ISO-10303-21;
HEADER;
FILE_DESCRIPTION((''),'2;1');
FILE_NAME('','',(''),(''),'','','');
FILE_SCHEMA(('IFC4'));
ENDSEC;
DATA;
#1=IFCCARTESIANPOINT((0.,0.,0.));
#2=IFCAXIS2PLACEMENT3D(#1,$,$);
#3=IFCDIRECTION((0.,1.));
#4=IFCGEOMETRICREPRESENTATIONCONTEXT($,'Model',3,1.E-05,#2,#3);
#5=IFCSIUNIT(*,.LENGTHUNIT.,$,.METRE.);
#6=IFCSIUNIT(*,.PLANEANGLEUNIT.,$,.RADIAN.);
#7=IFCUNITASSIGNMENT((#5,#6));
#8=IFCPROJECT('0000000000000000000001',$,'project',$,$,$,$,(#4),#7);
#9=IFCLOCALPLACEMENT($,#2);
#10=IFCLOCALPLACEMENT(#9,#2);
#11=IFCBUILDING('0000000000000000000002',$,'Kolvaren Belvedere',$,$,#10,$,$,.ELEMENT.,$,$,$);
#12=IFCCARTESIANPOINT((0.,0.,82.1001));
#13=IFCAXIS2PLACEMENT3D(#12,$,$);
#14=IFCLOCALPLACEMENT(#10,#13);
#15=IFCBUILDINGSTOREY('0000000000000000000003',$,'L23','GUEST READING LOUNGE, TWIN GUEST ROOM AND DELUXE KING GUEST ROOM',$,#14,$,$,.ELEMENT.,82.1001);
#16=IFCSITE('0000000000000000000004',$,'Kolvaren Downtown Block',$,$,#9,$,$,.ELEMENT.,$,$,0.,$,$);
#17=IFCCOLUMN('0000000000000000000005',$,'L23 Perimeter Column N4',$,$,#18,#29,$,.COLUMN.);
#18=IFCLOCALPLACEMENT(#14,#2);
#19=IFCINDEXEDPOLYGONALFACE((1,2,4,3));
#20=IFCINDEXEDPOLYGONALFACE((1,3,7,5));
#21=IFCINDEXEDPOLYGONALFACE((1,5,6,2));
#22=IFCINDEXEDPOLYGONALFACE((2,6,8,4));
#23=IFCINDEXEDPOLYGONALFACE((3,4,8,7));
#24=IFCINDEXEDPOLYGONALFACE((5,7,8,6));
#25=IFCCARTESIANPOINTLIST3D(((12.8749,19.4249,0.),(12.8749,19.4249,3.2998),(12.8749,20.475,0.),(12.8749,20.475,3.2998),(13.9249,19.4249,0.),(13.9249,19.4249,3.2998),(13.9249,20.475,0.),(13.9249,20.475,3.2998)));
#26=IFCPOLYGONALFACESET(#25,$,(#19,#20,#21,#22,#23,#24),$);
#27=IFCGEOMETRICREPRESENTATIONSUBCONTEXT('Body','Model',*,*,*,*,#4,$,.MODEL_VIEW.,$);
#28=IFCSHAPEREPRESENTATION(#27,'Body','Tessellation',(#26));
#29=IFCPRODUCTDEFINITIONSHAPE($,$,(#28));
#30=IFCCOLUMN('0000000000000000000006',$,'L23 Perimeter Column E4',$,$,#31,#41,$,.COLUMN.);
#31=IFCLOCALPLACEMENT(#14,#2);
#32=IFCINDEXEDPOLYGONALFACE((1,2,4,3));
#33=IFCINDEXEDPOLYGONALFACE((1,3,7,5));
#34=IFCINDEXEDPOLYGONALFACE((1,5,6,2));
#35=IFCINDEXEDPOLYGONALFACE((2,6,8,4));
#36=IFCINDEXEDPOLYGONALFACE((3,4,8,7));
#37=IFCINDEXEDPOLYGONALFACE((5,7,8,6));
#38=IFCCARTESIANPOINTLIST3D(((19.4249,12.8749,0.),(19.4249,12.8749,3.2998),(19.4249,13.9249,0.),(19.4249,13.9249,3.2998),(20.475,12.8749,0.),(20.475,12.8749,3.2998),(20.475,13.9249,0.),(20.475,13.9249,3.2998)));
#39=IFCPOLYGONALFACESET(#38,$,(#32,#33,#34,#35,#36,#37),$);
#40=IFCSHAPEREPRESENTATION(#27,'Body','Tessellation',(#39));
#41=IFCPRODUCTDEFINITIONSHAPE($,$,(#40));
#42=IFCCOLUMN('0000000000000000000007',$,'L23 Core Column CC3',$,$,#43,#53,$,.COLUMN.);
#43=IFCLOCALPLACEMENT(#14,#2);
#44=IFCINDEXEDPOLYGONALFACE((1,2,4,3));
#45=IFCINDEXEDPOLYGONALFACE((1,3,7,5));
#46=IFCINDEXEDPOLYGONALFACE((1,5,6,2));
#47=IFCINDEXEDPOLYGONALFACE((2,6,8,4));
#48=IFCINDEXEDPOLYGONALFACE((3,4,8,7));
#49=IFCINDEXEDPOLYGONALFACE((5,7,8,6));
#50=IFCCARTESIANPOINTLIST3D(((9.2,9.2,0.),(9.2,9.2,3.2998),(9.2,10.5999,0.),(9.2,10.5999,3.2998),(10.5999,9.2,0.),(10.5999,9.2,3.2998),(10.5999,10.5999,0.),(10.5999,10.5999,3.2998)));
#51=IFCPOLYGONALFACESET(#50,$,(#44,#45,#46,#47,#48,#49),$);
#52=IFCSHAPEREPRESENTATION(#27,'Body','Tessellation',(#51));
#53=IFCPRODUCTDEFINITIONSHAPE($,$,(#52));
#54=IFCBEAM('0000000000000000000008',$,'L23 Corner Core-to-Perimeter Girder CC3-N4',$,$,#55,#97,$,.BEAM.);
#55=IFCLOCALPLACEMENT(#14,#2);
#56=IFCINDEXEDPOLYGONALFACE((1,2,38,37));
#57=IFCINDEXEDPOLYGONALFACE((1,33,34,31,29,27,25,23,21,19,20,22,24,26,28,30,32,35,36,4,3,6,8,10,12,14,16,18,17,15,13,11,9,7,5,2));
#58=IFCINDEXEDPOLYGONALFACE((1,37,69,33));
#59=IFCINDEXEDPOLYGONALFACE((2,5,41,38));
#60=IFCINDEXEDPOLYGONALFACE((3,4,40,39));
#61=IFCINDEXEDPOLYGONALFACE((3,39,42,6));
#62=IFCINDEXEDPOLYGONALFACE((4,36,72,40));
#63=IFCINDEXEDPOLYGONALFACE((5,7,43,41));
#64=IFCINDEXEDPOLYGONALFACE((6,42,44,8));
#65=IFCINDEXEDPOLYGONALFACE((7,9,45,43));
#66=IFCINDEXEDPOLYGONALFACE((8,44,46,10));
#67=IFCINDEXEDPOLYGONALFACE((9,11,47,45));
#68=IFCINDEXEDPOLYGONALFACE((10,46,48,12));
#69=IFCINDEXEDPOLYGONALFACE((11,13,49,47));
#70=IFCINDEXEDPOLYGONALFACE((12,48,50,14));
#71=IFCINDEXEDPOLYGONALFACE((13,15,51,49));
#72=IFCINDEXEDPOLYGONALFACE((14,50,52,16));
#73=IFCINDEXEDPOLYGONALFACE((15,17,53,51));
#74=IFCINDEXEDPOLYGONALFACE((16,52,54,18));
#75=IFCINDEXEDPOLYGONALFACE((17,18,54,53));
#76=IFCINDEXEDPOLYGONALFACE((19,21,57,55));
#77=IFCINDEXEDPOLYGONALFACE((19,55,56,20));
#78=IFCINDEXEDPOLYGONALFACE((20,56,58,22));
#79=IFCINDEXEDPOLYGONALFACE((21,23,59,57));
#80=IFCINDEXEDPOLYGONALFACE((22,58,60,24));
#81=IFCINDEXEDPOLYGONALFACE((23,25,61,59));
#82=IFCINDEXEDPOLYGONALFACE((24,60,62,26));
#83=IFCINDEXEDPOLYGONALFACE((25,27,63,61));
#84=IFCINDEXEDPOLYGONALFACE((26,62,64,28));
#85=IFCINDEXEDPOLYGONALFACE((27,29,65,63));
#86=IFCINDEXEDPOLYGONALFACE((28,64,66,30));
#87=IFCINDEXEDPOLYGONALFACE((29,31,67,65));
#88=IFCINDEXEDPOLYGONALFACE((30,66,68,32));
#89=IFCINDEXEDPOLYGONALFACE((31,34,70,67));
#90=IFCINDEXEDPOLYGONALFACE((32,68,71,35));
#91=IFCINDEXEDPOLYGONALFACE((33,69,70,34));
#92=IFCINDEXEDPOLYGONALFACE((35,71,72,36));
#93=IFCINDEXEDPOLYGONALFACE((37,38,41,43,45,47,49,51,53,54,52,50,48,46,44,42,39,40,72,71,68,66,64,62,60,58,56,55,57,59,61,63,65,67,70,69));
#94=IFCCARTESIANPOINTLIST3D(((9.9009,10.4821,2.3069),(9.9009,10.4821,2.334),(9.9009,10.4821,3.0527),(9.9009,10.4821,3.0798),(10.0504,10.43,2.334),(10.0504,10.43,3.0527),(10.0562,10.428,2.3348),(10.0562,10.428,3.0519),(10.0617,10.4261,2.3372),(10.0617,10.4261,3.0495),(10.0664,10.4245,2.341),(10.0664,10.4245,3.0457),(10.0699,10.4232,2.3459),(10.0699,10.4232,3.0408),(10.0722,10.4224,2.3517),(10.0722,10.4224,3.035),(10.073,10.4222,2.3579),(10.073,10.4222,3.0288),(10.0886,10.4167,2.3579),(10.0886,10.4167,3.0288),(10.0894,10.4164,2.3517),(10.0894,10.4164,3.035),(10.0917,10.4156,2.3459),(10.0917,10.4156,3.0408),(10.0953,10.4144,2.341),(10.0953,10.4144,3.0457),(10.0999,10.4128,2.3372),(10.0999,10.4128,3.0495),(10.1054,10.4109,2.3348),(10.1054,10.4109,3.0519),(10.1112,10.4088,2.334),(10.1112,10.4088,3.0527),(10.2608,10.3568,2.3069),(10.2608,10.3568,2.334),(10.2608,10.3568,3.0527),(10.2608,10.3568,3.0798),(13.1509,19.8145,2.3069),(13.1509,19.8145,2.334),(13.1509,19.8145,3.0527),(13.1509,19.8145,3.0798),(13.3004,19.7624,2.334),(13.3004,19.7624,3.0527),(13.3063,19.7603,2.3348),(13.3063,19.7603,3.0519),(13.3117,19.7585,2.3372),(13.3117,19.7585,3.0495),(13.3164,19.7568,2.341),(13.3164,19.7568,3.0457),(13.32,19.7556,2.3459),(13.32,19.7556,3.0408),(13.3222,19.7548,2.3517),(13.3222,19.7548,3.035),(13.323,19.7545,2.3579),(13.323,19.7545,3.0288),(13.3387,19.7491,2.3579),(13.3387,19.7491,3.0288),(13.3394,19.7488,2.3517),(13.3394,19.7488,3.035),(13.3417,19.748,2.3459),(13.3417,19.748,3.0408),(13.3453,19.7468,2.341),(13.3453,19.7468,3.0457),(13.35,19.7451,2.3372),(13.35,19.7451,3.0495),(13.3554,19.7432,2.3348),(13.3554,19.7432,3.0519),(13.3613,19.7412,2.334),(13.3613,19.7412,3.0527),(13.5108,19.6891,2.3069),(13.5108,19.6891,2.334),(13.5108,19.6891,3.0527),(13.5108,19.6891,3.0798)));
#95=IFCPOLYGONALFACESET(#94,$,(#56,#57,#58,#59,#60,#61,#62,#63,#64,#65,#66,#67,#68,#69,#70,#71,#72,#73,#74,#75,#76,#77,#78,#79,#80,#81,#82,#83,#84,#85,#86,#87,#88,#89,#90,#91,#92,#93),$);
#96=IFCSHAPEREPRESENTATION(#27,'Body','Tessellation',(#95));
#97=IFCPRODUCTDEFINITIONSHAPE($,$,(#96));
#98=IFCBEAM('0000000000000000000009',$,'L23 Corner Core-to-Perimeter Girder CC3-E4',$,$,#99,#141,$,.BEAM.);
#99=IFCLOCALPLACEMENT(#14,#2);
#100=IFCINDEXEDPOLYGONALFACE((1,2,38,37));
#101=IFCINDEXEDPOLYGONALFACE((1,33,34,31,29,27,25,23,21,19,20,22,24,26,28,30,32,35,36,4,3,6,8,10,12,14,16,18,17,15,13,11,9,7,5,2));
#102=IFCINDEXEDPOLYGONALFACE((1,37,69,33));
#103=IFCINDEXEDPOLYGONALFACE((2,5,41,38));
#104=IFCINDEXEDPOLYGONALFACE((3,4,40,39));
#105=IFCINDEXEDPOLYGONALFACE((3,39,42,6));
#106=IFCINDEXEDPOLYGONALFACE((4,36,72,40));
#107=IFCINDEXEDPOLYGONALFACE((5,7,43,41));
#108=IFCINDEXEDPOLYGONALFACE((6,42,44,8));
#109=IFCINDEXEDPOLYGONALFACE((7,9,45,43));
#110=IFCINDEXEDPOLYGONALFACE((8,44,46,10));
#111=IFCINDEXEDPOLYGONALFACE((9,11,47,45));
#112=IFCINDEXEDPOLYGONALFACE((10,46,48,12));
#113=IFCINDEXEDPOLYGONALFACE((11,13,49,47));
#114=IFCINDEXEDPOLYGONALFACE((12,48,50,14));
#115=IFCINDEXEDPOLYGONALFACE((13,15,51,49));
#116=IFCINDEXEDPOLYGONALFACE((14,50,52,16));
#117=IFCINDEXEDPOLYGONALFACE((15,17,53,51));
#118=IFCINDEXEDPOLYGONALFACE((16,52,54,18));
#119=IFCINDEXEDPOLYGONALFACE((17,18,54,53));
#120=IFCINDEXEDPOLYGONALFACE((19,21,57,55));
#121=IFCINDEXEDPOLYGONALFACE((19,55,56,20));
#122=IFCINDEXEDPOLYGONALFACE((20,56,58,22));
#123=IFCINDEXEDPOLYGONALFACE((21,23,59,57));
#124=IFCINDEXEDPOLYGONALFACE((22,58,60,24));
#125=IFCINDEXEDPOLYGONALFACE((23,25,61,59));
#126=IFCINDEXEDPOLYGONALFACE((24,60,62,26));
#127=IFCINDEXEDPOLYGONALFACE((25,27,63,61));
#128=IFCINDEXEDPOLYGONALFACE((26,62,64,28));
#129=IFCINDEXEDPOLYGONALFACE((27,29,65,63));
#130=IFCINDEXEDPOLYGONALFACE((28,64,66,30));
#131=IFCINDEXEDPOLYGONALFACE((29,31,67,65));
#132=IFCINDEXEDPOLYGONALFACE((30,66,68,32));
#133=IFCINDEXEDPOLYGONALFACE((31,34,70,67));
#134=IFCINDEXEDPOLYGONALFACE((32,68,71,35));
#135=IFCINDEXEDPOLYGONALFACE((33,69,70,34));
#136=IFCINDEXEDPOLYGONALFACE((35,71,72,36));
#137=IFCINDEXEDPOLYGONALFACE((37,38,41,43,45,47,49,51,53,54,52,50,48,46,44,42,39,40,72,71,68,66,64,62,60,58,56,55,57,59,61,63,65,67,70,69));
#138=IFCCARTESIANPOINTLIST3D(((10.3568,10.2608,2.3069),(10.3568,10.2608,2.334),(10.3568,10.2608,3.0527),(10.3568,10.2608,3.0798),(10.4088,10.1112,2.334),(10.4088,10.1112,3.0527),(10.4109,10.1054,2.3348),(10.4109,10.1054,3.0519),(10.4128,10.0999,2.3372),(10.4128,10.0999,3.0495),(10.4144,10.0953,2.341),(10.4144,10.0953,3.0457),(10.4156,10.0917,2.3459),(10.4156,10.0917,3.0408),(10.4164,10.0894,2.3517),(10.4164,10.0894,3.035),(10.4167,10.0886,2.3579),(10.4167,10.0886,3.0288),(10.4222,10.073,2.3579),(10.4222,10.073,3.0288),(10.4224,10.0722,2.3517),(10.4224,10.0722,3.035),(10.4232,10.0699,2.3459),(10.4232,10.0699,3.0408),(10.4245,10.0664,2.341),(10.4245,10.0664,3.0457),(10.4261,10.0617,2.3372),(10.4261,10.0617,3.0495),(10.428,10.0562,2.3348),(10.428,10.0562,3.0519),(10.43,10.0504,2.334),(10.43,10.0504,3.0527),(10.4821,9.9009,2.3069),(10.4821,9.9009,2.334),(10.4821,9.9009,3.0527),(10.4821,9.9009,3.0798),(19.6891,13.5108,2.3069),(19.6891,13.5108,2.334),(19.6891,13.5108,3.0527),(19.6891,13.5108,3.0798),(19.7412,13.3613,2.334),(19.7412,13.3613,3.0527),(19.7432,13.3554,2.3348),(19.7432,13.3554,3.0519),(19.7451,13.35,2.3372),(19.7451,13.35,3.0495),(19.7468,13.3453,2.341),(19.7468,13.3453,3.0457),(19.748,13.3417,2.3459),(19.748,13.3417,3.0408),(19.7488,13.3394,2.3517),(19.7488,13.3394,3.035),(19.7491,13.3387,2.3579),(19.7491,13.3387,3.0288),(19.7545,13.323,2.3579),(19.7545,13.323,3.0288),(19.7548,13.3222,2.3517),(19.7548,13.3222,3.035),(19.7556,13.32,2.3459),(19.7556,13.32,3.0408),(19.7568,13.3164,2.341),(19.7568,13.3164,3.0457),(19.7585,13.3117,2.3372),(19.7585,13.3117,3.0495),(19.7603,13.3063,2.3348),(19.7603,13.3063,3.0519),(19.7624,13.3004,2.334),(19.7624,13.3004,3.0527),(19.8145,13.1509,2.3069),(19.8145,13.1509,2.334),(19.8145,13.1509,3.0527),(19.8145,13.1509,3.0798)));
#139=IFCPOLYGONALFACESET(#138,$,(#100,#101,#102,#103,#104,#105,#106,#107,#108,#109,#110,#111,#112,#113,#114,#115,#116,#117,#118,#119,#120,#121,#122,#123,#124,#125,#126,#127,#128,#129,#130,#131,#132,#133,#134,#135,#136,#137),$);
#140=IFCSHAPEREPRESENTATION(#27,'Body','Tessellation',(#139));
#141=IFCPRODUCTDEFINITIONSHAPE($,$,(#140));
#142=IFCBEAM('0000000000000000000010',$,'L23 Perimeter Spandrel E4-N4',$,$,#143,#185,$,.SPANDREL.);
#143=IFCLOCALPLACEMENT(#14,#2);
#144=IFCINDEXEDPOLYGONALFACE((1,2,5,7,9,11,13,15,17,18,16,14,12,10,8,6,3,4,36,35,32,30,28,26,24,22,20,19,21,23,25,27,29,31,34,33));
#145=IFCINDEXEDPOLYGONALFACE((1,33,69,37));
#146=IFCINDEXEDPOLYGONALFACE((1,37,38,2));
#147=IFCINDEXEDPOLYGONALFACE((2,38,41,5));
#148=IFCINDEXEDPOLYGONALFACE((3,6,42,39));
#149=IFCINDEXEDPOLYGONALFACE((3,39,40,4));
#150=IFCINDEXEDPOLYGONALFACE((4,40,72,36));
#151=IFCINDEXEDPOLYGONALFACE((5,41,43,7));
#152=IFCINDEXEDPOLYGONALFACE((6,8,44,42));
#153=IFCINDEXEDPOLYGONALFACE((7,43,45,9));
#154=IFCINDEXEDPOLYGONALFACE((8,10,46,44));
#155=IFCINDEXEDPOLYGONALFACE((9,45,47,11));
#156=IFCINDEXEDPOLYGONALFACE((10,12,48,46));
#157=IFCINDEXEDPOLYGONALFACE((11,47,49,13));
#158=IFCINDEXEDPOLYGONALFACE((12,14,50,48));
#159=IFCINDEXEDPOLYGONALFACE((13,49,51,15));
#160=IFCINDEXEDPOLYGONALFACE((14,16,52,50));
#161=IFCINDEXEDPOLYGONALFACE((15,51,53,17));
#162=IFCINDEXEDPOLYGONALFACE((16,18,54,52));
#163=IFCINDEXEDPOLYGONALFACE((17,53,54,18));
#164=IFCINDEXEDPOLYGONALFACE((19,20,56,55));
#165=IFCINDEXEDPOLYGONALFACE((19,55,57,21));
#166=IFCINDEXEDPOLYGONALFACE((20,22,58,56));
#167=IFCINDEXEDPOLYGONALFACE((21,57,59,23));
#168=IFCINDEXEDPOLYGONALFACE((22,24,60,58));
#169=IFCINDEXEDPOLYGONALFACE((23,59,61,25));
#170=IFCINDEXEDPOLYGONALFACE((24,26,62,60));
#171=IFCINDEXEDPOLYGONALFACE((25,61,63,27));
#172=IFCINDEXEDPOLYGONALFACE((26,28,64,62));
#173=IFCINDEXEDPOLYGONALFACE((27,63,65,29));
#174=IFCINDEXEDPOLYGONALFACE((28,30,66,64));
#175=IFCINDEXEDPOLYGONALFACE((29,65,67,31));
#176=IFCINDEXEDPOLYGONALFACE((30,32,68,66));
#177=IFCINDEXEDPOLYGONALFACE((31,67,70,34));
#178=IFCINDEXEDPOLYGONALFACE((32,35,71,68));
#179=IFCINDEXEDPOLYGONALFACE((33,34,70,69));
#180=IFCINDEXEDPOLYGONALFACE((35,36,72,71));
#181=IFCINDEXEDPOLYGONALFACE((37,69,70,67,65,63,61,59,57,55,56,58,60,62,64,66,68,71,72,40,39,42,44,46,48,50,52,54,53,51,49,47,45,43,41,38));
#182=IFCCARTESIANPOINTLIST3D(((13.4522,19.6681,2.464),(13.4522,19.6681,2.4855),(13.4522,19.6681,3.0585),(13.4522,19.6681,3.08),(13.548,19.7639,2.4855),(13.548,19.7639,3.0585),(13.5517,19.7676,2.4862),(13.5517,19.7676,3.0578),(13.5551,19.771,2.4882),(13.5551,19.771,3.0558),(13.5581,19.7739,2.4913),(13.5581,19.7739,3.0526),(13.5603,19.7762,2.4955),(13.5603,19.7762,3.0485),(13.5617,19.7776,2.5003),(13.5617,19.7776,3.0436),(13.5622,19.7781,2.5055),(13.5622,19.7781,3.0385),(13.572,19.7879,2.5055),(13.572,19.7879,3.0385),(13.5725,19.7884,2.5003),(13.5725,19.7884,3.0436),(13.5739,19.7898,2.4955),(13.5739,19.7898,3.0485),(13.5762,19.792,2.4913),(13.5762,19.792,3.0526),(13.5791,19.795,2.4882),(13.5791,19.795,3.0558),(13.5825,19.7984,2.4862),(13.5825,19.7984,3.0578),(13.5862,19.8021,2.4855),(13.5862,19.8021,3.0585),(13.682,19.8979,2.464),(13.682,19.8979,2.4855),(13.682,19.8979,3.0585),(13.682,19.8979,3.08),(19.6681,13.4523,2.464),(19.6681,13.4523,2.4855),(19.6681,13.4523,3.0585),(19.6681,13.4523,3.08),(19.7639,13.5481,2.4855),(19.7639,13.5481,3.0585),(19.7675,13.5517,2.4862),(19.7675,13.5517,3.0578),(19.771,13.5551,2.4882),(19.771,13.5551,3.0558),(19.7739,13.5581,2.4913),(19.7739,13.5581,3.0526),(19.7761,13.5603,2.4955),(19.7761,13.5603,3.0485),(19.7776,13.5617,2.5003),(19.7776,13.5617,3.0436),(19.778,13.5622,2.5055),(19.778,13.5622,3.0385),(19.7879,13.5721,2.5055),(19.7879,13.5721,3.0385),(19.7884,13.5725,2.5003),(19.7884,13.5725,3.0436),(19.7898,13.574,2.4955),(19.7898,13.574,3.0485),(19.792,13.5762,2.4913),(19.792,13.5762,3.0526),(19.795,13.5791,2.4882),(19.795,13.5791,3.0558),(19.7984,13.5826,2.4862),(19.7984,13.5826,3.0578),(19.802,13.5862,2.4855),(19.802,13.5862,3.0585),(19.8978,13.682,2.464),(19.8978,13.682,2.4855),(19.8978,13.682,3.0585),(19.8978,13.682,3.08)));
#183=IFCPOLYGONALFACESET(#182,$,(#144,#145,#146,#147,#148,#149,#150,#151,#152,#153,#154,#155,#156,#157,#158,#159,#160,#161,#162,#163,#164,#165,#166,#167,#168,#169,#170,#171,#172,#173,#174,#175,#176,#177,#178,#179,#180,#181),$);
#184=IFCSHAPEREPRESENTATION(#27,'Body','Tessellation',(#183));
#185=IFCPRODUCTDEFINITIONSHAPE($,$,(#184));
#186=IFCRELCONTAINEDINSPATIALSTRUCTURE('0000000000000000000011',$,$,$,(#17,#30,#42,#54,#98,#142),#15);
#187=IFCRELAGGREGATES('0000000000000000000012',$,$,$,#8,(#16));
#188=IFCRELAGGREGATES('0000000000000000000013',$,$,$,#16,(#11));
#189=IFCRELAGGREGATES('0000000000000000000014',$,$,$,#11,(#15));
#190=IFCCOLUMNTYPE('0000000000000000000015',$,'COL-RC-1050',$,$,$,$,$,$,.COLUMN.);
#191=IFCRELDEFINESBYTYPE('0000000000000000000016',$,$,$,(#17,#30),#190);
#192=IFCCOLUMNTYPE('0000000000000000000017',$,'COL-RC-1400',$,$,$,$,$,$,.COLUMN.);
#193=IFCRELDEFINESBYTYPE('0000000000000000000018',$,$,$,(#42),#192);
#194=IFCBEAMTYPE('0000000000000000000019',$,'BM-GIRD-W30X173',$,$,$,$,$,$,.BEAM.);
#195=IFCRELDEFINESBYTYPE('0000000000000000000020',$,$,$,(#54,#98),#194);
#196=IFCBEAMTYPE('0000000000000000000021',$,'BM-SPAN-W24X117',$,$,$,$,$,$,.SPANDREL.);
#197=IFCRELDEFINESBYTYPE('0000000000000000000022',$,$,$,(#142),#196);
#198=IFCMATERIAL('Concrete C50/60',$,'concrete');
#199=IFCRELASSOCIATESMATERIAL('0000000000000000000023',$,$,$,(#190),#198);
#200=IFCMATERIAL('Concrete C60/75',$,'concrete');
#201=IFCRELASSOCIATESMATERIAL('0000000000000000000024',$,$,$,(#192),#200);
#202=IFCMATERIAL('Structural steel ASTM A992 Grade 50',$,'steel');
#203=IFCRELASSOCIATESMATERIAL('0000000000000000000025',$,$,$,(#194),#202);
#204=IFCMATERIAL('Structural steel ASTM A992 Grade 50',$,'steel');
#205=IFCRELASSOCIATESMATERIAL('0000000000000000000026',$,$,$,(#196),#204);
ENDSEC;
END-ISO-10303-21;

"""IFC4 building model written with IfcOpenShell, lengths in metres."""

from ifc_helpers import new_model, si_unit, direction, frame, origin, origin_2d, place, context, subcontext, project, spatial, rectangle, i_section, extrude, material, material_profile, profile_set, type_object, element, save


model = new_model("IFC4")

# Units and contexts
model_context = context("Model", 3, precision=1e-05, world=origin(), true_north=direction((0.0, 1.0)))
body_context = subcontext(model_context, "Body", "Model", "MODEL_VIEW")
ifc_project = project(units=[si_unit("LENGTHUNIT", "METRE"), si_unit("PLANEANGLEUNIT", "RADIAN")], contexts=[model_context])

# Site, building, storey
site_placement = place(None, origin())
site = spatial("IfcSite", under=ifc_project, at=site_placement, Name="Kolvaren Downtown Block", CompositionType="ELEMENT", RefElevation=0.0)
building_placement = place(site_placement, origin())
building = spatial("IfcBuilding", under=site, at=building_placement, Name="Kolvaren Belvedere", CompositionType="ELEMENT")
storey_placement = place(building_placement, frame((0.0, 0.0, 82.1001)))
storey = spatial("IfcBuildingStorey", under=building, at=storey_placement, Name="L23", Description="GUEST READING LOUNGE, TWIN GUEST ROOM AND DELUXE KING GUEST ROOM", CompositionType="ELEMENT", Elevation=82.1001)

# Columns
ifc_material_1 = material(Name="Concrete C50/60", Category="concrete")
ifc_material_profile_1 = material_profile(ifc_material_1, rectangle(XDim=1.05, YDim=1.05, at=origin_2d()), Name="RC 1050X1050")
ifc_profile_set_1 = profile_set([ifc_material_profile_1], Name="Concrete C50/60")
column_type_1 = type_object("IfcColumnType", Name="COL-RC-1050", PredefinedType="COLUMN", material=ifc_profile_set_1)
for number, where, z_axis, x_axis, name in (
    (1, (13.3999, 19.95, 0.0), (0.0, 0.0, 1.0), (1.0, 0.0, 0.0), "L23 Perimeter Column N4"),
    (2, (19.95, 13.3999, 0.0), (0.0, 0.0, 1.0), (1.0, 0.0, 0.0), "L23 Perimeter Column E4"),
):
    element("IfcColumn", number, at=place(storey_placement, frame(where, z_axis=z_axis, x_axis=x_axis)), inside=storey, type_object=column_type_1, Name=name, PredefinedType="COLUMN", context=body_context, shape_type="SweptSolid", body=[
        extrude(rectangle(XDim=1.05, YDim=1.05, at=origin_2d()), origin(), (0.0, 0.0, 1.0), 3.2998),
    ])
ifc_material_2 = material(Name="Concrete C60/75", Category="concrete")
ifc_material_profile_2 = material_profile(ifc_material_2, rectangle(XDim=1.3999, YDim=1.3999, at=origin_2d()), Name="RC 1400X1400")
ifc_profile_set_2 = profile_set([ifc_material_profile_2], Name="Concrete C60/75")
column_type_2 = type_object("IfcColumnType", Name="COL-RC-1400", PredefinedType="COLUMN", material=ifc_profile_set_2)
column_placement = place(storey_placement, frame((9.8999, 9.8999, 0.0), z_axis=(0.0, 0.0, 1.0), x_axis=(1.0, 0.0, 0.0)))
element("IfcColumn", 3, at=column_placement, inside=storey, type_object=column_type_2, Name="L23 Core Column CC3", PredefinedType="COLUMN", context=body_context, shape_type="SweptSolid", body=[
    extrude(rectangle(XDim=1.3999, YDim=1.3999, at=origin_2d()), origin(), (0.0, 0.0, 1.0), 3.2998),
])

# Beams
ifc_material_3 = material(Name="Structural steel ASTM A992 Grade 50", Category="steel")
ifc_material_profile_3 = material_profile(ifc_material_3, i_section(OverallWidth=0.3811, OverallDepth=0.7729, WebThickness=0.0166, FlangeThickness=0.0271, FilletRadius=0.0239, at=origin_2d()), Name="W30X173")
ifc_profile_set_3 = profile_set([ifc_material_profile_3], Name="Structural steel ASTM A992 Grade 50")
beam_type_1 = type_object("IfcBeamType", Name="BM-GIRD-W30X173", PredefinedType="BEAM", material=ifc_profile_set_3)
for number, where, z_axis, x_axis, name in (
    (4, (10.0808, 10.4194, 2.6934), (0.328881, 0.944371, 0.0), (-0.944371, 0.328881, 0.0), "L23 Corner Core-to-Perimeter Girder CC3-N4"),
    (5, (10.4194, 10.0808, 2.6934), (0.944371, 0.328881, 0.0), (-0.328881, 0.944371, 0.0), "L23 Corner Core-to-Perimeter Girder CC3-E4"),
):
    element("IfcBeam", number, at=place(storey_placement, frame(where, z_axis=z_axis, x_axis=x_axis)), inside=storey, type_object=beam_type_1, Name=name, PredefinedType="BEAM", context=body_context, shape_type="SweptSolid", body=[
        extrude(i_section(OverallWidth=0.3811, OverallDepth=0.7729, WebThickness=0.0166, FlangeThickness=0.0271, FilletRadius=0.0239, at=origin_2d()), origin(), (0.0, 0.0, 1.0), 9.8821),
    ])
ifc_material_4 = material(Name="Structural steel ASTM A992 Grade 50", Category="steel")
ifc_material_profile_4 = material_profile(ifc_material_4, i_section(OverallWidth=0.325, OverallDepth=0.616, WebThickness=0.0139, FlangeThickness=0.0215, FilletRadius=0.02, at=origin_2d()), Name="W24X117")
ifc_profile_set_4 = profile_set([ifc_material_profile_4], Name="Structural steel ASTM A992 Grade 50")
beam_type_2 = type_object("IfcBeamType", Name="BM-SPAN-W24X117", PredefinedType="SPANDREL", material=ifc_profile_set_4)
beam_1_placement = place(storey_placement, frame((19.783, 13.5671, 2.772), z_axis=(-0.707107, 0.707107, 0.0), x_axis=(-0.707107, -0.707107, 0.0)))
element("IfcBeam", 6, at=beam_1_placement, inside=storey, type_object=beam_type_2, Name="L23 Perimeter Spandrel E4-N4", PredefinedType="SPANDREL", context=body_context, shape_type="SweptSolid", body=[
    extrude(i_section(OverallWidth=0.325, OverallDepth=0.616, WebThickness=0.0139, FlangeThickness=0.0215, FilletRadius=0.02, at=origin_2d()), origin(), (0.0, 0.0, 1.0), 8.7905),
])

save(model, "model.ifc")
